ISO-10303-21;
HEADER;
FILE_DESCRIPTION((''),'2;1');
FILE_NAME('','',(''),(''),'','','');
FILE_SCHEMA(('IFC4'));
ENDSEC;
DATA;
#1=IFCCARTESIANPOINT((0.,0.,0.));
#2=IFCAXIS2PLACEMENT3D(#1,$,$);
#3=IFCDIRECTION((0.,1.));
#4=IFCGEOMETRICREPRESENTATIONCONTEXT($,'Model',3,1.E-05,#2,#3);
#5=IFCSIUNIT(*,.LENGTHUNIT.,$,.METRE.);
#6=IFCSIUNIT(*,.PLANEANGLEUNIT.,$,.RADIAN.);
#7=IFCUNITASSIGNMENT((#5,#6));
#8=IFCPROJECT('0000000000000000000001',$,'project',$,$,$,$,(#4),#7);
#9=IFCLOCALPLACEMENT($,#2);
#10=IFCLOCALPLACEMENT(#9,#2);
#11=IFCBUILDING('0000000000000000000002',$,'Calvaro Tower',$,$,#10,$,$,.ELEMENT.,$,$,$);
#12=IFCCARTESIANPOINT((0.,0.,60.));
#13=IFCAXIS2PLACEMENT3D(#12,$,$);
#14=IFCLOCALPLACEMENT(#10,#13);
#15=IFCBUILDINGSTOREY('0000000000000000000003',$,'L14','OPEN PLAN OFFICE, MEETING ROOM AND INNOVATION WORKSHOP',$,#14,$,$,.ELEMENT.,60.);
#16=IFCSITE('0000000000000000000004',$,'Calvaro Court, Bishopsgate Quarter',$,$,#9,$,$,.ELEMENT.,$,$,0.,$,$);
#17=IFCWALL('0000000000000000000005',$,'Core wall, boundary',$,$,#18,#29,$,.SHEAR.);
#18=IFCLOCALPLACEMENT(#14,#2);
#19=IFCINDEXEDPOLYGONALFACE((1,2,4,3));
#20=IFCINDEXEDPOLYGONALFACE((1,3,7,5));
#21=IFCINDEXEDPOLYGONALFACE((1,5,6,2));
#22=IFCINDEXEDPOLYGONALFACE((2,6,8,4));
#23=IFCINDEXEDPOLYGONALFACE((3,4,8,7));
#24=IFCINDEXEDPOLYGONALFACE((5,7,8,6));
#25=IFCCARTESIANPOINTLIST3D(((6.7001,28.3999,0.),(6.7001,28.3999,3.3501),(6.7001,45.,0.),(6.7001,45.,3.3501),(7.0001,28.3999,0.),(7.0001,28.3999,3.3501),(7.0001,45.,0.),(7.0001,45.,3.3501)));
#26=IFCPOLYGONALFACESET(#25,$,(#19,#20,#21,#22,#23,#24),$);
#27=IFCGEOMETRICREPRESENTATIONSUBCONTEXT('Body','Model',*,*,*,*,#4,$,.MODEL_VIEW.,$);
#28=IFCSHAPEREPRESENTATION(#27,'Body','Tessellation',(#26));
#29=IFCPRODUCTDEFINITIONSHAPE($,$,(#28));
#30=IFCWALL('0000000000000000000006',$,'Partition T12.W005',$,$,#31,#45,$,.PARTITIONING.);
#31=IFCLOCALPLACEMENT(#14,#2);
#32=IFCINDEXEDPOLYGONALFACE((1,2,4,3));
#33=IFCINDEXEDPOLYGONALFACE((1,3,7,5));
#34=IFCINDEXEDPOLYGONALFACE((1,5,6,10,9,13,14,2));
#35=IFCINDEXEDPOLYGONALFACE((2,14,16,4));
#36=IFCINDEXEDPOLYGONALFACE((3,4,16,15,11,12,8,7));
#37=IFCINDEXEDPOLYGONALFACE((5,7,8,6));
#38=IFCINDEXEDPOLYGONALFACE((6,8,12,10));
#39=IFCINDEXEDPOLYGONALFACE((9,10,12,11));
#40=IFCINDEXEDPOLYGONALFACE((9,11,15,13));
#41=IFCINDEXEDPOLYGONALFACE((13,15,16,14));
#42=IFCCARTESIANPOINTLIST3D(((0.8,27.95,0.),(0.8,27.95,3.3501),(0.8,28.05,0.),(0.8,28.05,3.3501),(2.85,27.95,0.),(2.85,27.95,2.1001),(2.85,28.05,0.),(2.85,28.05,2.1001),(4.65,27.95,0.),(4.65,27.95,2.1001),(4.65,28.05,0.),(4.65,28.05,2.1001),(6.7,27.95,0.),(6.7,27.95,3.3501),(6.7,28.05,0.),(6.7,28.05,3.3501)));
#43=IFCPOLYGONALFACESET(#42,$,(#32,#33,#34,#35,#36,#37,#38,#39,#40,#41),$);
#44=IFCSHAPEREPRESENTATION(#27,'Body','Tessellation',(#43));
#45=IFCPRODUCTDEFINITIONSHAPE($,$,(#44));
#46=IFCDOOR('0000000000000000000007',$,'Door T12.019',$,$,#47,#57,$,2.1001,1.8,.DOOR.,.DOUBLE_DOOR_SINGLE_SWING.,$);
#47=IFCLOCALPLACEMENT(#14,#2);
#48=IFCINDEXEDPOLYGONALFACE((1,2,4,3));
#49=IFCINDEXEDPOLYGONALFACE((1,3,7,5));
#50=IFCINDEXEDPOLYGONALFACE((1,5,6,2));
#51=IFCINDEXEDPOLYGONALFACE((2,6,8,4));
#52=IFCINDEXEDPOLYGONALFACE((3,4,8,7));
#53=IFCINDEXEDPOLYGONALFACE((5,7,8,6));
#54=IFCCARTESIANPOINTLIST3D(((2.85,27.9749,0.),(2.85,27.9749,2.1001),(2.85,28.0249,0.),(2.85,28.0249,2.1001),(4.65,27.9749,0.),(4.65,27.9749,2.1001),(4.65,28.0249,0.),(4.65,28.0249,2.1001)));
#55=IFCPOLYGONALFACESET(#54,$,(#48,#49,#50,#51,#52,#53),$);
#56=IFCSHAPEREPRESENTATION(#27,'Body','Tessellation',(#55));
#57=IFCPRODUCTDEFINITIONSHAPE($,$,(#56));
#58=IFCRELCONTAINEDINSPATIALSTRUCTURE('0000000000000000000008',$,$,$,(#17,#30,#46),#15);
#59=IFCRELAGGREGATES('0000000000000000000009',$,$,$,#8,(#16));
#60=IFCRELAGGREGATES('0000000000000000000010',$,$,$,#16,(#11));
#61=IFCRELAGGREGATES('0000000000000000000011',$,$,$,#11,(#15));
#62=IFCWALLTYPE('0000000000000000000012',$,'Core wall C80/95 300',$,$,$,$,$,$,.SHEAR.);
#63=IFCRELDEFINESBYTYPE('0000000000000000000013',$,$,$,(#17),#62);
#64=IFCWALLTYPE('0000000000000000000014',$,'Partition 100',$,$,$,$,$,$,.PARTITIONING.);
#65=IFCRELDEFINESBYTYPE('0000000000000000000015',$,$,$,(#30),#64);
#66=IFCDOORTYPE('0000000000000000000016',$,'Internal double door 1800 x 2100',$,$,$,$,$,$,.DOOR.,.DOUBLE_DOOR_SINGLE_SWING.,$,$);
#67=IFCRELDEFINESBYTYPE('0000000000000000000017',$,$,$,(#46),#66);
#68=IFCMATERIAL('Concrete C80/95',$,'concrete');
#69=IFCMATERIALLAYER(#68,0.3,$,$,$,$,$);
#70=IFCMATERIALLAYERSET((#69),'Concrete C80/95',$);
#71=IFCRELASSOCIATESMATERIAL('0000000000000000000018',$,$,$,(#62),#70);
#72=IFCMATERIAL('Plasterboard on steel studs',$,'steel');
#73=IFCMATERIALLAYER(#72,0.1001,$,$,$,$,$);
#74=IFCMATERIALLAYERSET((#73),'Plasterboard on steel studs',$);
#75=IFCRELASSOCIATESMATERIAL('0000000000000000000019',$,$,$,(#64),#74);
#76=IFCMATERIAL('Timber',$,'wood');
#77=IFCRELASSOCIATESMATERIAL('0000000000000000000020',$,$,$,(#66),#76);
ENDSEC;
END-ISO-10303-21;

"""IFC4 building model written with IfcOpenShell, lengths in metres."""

from ifc_helpers import new_model, si_unit, direction, frame, frame_2d, origin, place, context, subcontext, project, spatial, rectangle, extrude, material, layer, layer_set, type_object, element, fill, save


model = new_model("IFC4")

# Units and contexts
model_context = context("Model", 3, precision=1e-05, world=origin(), true_north=direction((0.0, 1.0)))
body_context = subcontext(model_context, "Body", "Model", "MODEL_VIEW")
ifc_project = project(units=[si_unit("LENGTHUNIT", "METRE"), si_unit("PLANEANGLEUNIT", "RADIAN")], contexts=[model_context])

# Site, building, storey
site_placement = place(None, origin())
site = spatial("IfcSite", under=ifc_project, at=site_placement, Name="Calvaro Court, Bishopsgate Quarter", CompositionType="ELEMENT", RefElevation=0.0)
building_placement = place(site_placement, origin())
building = spatial("IfcBuilding", under=site, at=building_placement, Name="Calvaro Tower", CompositionType="ELEMENT")
storey_placement = place(building_placement, frame((0.0, 0.0, 60.0)))
storey = spatial("IfcBuildingStorey", under=building, at=storey_placement, Name="L14", Description="OPEN PLAN OFFICE, MEETING ROOM AND INNOVATION WORKSHOP", CompositionType="ELEMENT", Elevation=60.0)

# Wall
ifc_material_1 = material(Name="Concrete C80/95", Category="concrete")
ifc_layer_1 = layer(ifc_material_1, 0.3)
ifc_layer_set_1 = layer_set([ifc_layer_1], Name="Concrete C80/95")
wall_type_1 = type_object("IfcWallType", Name="Core wall C80/95 300", PredefinedType="SHEAR", material=ifc_layer_set_1)
wall_1_placement = place(storey_placement, frame((6.8501, 28.3999, 0.0), z_axis=(0.0, 0.0, 1.0), x_axis=(0.0, 1.0, 0.0)))
element("IfcWall", 1, at=wall_1_placement, inside=storey, type_object=wall_type_1, Name="Core wall, boundary", PredefinedType="SHEAR", context=body_context, shape_type="SweptSolid", body=[
    extrude(rectangle(XDim=16.6001, YDim=0.3, at=frame_2d((8.3, 0.0))), origin(), (0.0, 0.0, 1.0), 3.3501),
])

# Wall, opening, door
ifc_material_2 = material(Name="Plasterboard on steel studs", Category="steel")
ifc_layer_2 = layer(ifc_material_2, 0.1001)
ifc_layer_set_2 = layer_set([ifc_layer_2], Name="Plasterboard on steel studs")
wall_type_2 = type_object("IfcWallType", Name="Partition 100", PredefinedType="PARTITIONING", material=ifc_layer_set_2)
wall_2_placement = place(storey_placement, frame((0.8, 28.0, 0.0), z_axis=(0.0, 0.0, 1.0), x_axis=(1.0, 0.0, 0.0)))
wall_2 = element("IfcWall", 2, at=wall_2_placement, inside=storey, type_object=wall_type_2, Name="Partition T12.W005", PredefinedType="PARTITIONING", context=body_context, shape_type="SweptSolid", body=[
    extrude(rectangle(XDim=5.8999, YDim=0.1001, at=frame_2d((2.95, 0.0))), origin(), (0.0, 0.0, 1.0), 3.3501),
])
opening_1_placement = place(wall_2_placement, frame((2.05, 0.0, 0.0)))
opening_1 = element("IfcOpeningElement", 3, at=opening_1_placement, cuts=wall_2, PredefinedType="OPENING", context=body_context, shape_type="SweptSolid", body=[
    extrude(rectangle(XDim=1.8, YDim=2.1001, at=frame_2d((0.8999, 1.05))), frame((0.0, 0.0601, 0.0), z_axis=(0.0, -1.0, 0.0), x_axis=(1.0, 0.0, 0.0)), (0.0, 0.0, 1.0), 0.1201),
])
ifc_material_3 = material(Name="Timber", Category="wood")
door_type_1 = type_object("IfcDoorType", Name="Internal double door 1800 x 2100", OperationType="DOUBLE_DOOR_SINGLE_SWING", PredefinedType="DOOR", material=ifc_material_3)
door_1_placement = place(opening_1_placement, origin())
door_1 = element("IfcDoor", 4, at=door_1_placement, inside=storey, type_object=door_type_1, Name="Door T12.019", OperationType="DOUBLE_DOOR_SINGLE_SWING", OverallHeight=2.1001, OverallWidth=1.8, PredefinedType="DOOR", context=body_context, shape_type="SweptSolid", body=[
    extrude(rectangle(XDim=1.8, YDim=2.1001, at=frame_2d((0.8999, 1.05))), frame((0.0, 0.0249, 0.0), z_axis=(0.0, -1.0, 0.0), x_axis=(1.0, 0.0, 0.0)), (0.0, 0.0, 1.0), 0.05),
])
fill(opening_1, door_1)

save(model, "model.ifc")
